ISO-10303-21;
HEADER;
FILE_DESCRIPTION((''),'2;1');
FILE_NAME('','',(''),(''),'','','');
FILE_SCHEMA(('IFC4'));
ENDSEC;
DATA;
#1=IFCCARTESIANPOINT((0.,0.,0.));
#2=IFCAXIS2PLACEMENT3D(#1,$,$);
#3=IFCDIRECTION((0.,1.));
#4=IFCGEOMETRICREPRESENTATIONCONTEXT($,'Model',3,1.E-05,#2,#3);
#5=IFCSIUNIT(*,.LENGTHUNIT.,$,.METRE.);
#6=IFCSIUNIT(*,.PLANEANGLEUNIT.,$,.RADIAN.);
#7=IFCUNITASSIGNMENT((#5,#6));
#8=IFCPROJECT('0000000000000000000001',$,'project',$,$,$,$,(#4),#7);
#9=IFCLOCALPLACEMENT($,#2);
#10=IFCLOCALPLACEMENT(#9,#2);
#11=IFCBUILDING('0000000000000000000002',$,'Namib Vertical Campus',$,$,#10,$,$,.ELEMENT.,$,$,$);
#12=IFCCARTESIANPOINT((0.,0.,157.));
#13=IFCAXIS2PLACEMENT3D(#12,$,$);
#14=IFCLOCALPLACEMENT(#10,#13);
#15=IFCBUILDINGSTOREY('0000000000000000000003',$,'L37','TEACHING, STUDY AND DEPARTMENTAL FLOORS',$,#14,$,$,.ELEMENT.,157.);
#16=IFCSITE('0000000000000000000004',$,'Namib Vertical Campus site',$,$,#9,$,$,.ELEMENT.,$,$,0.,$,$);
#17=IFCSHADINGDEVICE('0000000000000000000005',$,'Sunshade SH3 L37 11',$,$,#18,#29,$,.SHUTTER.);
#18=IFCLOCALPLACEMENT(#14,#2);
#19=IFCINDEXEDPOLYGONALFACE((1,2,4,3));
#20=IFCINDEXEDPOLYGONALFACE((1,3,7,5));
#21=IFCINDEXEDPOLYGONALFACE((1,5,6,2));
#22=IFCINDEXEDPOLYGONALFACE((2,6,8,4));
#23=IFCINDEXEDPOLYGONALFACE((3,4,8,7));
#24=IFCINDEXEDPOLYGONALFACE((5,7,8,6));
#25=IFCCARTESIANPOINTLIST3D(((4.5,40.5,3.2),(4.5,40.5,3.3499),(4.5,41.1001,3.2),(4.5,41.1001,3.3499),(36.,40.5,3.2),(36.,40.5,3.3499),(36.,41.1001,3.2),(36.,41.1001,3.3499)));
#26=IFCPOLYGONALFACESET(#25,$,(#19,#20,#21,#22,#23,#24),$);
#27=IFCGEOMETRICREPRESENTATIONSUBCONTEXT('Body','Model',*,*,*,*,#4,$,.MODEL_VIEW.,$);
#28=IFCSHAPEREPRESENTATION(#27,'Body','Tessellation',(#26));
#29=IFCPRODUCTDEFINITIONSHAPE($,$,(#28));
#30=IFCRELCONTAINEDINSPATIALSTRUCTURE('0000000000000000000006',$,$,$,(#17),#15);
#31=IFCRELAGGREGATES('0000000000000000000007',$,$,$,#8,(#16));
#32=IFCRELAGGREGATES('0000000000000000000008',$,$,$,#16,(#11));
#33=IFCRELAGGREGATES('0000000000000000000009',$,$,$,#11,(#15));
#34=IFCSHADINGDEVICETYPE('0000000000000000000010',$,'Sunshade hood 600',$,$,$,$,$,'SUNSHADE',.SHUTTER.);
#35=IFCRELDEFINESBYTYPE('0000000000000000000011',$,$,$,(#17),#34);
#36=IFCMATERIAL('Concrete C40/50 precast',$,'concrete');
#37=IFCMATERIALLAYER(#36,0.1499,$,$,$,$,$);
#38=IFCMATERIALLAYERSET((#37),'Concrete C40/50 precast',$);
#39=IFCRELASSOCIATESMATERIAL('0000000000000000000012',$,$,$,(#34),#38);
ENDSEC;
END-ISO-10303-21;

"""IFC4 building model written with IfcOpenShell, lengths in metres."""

from ifc_helpers import new_model, si_unit, direction, frame, origin, origin_2d, place, context, subcontext, project, spatial, rectangle, extrude, material, layer, layer_set, type_object, element, save


model = new_model("IFC4")

# Units and contexts
model_context = context("Model", 3, precision=1e-05, world=origin(), true_north=direction((0.0, 1.0)))
body_context = subcontext(model_context, "Body", "Model", "MODEL_VIEW")
ifc_project = project(units=[si_unit("LENGTHUNIT", "METRE"), si_unit("PLANEANGLEUNIT", "RADIAN")], contexts=[model_context])

# Site, building, storey
site_placement = place(None, origin())
site = spatial("IfcSite", under=ifc_project, at=site_placement, Name="Namib Vertical Campus site", CompositionType="ELEMENT", RefElevation=0.0)
building_placement = place(site_placement, origin())
building = spatial("IfcBuilding", under=site, at=building_placement, Name="Namib Vertical Campus", CompositionType="ELEMENT")
storey_placement = place(building_placement, frame((0.0, 0.0, 157.0)))
storey = spatial("IfcBuildingStorey", under=building, at=storey_placement, Name="L37", Description="TEACHING, STUDY AND DEPARTMENTAL FLOORS", CompositionType="ELEMENT", Elevation=157.0)

# Shading device
ifc_material_1 = material(Name="Concrete C40/50 precast", Category="concrete")
ifc_layer_1 = layer(ifc_material_1, 0.1499)
ifc_layer_set_1 = layer_set([ifc_layer_1], Name="Concrete C40/50 precast")
shading_device_type = type_object("IfcShadingDeviceType", Name="Sunshade hood 600", ElementType="SUNSHADE", PredefinedType="SHUTTER", material=ifc_layer_set_1)
shading_device_placement = place(storey_placement, frame((20.25, 40.8, 3.2), z_axis=(0.0, 0.0, 1.0), x_axis=(-1.0, 0.0, 0.0)))
element("IfcShadingDevice", 1, at=shading_device_placement, inside=storey, type_object=shading_device_type, Name="Sunshade SH3 L37 11", PredefinedType="SHUTTER", context=body_context, shape_type="SweptSolid", body=[
    extrude(rectangle(XDim=31.5, YDim=0.6001, at=origin_2d()), origin(), (0.0, 0.0, 1.0), 0.1499),
])

save(model, "model.ifc")
